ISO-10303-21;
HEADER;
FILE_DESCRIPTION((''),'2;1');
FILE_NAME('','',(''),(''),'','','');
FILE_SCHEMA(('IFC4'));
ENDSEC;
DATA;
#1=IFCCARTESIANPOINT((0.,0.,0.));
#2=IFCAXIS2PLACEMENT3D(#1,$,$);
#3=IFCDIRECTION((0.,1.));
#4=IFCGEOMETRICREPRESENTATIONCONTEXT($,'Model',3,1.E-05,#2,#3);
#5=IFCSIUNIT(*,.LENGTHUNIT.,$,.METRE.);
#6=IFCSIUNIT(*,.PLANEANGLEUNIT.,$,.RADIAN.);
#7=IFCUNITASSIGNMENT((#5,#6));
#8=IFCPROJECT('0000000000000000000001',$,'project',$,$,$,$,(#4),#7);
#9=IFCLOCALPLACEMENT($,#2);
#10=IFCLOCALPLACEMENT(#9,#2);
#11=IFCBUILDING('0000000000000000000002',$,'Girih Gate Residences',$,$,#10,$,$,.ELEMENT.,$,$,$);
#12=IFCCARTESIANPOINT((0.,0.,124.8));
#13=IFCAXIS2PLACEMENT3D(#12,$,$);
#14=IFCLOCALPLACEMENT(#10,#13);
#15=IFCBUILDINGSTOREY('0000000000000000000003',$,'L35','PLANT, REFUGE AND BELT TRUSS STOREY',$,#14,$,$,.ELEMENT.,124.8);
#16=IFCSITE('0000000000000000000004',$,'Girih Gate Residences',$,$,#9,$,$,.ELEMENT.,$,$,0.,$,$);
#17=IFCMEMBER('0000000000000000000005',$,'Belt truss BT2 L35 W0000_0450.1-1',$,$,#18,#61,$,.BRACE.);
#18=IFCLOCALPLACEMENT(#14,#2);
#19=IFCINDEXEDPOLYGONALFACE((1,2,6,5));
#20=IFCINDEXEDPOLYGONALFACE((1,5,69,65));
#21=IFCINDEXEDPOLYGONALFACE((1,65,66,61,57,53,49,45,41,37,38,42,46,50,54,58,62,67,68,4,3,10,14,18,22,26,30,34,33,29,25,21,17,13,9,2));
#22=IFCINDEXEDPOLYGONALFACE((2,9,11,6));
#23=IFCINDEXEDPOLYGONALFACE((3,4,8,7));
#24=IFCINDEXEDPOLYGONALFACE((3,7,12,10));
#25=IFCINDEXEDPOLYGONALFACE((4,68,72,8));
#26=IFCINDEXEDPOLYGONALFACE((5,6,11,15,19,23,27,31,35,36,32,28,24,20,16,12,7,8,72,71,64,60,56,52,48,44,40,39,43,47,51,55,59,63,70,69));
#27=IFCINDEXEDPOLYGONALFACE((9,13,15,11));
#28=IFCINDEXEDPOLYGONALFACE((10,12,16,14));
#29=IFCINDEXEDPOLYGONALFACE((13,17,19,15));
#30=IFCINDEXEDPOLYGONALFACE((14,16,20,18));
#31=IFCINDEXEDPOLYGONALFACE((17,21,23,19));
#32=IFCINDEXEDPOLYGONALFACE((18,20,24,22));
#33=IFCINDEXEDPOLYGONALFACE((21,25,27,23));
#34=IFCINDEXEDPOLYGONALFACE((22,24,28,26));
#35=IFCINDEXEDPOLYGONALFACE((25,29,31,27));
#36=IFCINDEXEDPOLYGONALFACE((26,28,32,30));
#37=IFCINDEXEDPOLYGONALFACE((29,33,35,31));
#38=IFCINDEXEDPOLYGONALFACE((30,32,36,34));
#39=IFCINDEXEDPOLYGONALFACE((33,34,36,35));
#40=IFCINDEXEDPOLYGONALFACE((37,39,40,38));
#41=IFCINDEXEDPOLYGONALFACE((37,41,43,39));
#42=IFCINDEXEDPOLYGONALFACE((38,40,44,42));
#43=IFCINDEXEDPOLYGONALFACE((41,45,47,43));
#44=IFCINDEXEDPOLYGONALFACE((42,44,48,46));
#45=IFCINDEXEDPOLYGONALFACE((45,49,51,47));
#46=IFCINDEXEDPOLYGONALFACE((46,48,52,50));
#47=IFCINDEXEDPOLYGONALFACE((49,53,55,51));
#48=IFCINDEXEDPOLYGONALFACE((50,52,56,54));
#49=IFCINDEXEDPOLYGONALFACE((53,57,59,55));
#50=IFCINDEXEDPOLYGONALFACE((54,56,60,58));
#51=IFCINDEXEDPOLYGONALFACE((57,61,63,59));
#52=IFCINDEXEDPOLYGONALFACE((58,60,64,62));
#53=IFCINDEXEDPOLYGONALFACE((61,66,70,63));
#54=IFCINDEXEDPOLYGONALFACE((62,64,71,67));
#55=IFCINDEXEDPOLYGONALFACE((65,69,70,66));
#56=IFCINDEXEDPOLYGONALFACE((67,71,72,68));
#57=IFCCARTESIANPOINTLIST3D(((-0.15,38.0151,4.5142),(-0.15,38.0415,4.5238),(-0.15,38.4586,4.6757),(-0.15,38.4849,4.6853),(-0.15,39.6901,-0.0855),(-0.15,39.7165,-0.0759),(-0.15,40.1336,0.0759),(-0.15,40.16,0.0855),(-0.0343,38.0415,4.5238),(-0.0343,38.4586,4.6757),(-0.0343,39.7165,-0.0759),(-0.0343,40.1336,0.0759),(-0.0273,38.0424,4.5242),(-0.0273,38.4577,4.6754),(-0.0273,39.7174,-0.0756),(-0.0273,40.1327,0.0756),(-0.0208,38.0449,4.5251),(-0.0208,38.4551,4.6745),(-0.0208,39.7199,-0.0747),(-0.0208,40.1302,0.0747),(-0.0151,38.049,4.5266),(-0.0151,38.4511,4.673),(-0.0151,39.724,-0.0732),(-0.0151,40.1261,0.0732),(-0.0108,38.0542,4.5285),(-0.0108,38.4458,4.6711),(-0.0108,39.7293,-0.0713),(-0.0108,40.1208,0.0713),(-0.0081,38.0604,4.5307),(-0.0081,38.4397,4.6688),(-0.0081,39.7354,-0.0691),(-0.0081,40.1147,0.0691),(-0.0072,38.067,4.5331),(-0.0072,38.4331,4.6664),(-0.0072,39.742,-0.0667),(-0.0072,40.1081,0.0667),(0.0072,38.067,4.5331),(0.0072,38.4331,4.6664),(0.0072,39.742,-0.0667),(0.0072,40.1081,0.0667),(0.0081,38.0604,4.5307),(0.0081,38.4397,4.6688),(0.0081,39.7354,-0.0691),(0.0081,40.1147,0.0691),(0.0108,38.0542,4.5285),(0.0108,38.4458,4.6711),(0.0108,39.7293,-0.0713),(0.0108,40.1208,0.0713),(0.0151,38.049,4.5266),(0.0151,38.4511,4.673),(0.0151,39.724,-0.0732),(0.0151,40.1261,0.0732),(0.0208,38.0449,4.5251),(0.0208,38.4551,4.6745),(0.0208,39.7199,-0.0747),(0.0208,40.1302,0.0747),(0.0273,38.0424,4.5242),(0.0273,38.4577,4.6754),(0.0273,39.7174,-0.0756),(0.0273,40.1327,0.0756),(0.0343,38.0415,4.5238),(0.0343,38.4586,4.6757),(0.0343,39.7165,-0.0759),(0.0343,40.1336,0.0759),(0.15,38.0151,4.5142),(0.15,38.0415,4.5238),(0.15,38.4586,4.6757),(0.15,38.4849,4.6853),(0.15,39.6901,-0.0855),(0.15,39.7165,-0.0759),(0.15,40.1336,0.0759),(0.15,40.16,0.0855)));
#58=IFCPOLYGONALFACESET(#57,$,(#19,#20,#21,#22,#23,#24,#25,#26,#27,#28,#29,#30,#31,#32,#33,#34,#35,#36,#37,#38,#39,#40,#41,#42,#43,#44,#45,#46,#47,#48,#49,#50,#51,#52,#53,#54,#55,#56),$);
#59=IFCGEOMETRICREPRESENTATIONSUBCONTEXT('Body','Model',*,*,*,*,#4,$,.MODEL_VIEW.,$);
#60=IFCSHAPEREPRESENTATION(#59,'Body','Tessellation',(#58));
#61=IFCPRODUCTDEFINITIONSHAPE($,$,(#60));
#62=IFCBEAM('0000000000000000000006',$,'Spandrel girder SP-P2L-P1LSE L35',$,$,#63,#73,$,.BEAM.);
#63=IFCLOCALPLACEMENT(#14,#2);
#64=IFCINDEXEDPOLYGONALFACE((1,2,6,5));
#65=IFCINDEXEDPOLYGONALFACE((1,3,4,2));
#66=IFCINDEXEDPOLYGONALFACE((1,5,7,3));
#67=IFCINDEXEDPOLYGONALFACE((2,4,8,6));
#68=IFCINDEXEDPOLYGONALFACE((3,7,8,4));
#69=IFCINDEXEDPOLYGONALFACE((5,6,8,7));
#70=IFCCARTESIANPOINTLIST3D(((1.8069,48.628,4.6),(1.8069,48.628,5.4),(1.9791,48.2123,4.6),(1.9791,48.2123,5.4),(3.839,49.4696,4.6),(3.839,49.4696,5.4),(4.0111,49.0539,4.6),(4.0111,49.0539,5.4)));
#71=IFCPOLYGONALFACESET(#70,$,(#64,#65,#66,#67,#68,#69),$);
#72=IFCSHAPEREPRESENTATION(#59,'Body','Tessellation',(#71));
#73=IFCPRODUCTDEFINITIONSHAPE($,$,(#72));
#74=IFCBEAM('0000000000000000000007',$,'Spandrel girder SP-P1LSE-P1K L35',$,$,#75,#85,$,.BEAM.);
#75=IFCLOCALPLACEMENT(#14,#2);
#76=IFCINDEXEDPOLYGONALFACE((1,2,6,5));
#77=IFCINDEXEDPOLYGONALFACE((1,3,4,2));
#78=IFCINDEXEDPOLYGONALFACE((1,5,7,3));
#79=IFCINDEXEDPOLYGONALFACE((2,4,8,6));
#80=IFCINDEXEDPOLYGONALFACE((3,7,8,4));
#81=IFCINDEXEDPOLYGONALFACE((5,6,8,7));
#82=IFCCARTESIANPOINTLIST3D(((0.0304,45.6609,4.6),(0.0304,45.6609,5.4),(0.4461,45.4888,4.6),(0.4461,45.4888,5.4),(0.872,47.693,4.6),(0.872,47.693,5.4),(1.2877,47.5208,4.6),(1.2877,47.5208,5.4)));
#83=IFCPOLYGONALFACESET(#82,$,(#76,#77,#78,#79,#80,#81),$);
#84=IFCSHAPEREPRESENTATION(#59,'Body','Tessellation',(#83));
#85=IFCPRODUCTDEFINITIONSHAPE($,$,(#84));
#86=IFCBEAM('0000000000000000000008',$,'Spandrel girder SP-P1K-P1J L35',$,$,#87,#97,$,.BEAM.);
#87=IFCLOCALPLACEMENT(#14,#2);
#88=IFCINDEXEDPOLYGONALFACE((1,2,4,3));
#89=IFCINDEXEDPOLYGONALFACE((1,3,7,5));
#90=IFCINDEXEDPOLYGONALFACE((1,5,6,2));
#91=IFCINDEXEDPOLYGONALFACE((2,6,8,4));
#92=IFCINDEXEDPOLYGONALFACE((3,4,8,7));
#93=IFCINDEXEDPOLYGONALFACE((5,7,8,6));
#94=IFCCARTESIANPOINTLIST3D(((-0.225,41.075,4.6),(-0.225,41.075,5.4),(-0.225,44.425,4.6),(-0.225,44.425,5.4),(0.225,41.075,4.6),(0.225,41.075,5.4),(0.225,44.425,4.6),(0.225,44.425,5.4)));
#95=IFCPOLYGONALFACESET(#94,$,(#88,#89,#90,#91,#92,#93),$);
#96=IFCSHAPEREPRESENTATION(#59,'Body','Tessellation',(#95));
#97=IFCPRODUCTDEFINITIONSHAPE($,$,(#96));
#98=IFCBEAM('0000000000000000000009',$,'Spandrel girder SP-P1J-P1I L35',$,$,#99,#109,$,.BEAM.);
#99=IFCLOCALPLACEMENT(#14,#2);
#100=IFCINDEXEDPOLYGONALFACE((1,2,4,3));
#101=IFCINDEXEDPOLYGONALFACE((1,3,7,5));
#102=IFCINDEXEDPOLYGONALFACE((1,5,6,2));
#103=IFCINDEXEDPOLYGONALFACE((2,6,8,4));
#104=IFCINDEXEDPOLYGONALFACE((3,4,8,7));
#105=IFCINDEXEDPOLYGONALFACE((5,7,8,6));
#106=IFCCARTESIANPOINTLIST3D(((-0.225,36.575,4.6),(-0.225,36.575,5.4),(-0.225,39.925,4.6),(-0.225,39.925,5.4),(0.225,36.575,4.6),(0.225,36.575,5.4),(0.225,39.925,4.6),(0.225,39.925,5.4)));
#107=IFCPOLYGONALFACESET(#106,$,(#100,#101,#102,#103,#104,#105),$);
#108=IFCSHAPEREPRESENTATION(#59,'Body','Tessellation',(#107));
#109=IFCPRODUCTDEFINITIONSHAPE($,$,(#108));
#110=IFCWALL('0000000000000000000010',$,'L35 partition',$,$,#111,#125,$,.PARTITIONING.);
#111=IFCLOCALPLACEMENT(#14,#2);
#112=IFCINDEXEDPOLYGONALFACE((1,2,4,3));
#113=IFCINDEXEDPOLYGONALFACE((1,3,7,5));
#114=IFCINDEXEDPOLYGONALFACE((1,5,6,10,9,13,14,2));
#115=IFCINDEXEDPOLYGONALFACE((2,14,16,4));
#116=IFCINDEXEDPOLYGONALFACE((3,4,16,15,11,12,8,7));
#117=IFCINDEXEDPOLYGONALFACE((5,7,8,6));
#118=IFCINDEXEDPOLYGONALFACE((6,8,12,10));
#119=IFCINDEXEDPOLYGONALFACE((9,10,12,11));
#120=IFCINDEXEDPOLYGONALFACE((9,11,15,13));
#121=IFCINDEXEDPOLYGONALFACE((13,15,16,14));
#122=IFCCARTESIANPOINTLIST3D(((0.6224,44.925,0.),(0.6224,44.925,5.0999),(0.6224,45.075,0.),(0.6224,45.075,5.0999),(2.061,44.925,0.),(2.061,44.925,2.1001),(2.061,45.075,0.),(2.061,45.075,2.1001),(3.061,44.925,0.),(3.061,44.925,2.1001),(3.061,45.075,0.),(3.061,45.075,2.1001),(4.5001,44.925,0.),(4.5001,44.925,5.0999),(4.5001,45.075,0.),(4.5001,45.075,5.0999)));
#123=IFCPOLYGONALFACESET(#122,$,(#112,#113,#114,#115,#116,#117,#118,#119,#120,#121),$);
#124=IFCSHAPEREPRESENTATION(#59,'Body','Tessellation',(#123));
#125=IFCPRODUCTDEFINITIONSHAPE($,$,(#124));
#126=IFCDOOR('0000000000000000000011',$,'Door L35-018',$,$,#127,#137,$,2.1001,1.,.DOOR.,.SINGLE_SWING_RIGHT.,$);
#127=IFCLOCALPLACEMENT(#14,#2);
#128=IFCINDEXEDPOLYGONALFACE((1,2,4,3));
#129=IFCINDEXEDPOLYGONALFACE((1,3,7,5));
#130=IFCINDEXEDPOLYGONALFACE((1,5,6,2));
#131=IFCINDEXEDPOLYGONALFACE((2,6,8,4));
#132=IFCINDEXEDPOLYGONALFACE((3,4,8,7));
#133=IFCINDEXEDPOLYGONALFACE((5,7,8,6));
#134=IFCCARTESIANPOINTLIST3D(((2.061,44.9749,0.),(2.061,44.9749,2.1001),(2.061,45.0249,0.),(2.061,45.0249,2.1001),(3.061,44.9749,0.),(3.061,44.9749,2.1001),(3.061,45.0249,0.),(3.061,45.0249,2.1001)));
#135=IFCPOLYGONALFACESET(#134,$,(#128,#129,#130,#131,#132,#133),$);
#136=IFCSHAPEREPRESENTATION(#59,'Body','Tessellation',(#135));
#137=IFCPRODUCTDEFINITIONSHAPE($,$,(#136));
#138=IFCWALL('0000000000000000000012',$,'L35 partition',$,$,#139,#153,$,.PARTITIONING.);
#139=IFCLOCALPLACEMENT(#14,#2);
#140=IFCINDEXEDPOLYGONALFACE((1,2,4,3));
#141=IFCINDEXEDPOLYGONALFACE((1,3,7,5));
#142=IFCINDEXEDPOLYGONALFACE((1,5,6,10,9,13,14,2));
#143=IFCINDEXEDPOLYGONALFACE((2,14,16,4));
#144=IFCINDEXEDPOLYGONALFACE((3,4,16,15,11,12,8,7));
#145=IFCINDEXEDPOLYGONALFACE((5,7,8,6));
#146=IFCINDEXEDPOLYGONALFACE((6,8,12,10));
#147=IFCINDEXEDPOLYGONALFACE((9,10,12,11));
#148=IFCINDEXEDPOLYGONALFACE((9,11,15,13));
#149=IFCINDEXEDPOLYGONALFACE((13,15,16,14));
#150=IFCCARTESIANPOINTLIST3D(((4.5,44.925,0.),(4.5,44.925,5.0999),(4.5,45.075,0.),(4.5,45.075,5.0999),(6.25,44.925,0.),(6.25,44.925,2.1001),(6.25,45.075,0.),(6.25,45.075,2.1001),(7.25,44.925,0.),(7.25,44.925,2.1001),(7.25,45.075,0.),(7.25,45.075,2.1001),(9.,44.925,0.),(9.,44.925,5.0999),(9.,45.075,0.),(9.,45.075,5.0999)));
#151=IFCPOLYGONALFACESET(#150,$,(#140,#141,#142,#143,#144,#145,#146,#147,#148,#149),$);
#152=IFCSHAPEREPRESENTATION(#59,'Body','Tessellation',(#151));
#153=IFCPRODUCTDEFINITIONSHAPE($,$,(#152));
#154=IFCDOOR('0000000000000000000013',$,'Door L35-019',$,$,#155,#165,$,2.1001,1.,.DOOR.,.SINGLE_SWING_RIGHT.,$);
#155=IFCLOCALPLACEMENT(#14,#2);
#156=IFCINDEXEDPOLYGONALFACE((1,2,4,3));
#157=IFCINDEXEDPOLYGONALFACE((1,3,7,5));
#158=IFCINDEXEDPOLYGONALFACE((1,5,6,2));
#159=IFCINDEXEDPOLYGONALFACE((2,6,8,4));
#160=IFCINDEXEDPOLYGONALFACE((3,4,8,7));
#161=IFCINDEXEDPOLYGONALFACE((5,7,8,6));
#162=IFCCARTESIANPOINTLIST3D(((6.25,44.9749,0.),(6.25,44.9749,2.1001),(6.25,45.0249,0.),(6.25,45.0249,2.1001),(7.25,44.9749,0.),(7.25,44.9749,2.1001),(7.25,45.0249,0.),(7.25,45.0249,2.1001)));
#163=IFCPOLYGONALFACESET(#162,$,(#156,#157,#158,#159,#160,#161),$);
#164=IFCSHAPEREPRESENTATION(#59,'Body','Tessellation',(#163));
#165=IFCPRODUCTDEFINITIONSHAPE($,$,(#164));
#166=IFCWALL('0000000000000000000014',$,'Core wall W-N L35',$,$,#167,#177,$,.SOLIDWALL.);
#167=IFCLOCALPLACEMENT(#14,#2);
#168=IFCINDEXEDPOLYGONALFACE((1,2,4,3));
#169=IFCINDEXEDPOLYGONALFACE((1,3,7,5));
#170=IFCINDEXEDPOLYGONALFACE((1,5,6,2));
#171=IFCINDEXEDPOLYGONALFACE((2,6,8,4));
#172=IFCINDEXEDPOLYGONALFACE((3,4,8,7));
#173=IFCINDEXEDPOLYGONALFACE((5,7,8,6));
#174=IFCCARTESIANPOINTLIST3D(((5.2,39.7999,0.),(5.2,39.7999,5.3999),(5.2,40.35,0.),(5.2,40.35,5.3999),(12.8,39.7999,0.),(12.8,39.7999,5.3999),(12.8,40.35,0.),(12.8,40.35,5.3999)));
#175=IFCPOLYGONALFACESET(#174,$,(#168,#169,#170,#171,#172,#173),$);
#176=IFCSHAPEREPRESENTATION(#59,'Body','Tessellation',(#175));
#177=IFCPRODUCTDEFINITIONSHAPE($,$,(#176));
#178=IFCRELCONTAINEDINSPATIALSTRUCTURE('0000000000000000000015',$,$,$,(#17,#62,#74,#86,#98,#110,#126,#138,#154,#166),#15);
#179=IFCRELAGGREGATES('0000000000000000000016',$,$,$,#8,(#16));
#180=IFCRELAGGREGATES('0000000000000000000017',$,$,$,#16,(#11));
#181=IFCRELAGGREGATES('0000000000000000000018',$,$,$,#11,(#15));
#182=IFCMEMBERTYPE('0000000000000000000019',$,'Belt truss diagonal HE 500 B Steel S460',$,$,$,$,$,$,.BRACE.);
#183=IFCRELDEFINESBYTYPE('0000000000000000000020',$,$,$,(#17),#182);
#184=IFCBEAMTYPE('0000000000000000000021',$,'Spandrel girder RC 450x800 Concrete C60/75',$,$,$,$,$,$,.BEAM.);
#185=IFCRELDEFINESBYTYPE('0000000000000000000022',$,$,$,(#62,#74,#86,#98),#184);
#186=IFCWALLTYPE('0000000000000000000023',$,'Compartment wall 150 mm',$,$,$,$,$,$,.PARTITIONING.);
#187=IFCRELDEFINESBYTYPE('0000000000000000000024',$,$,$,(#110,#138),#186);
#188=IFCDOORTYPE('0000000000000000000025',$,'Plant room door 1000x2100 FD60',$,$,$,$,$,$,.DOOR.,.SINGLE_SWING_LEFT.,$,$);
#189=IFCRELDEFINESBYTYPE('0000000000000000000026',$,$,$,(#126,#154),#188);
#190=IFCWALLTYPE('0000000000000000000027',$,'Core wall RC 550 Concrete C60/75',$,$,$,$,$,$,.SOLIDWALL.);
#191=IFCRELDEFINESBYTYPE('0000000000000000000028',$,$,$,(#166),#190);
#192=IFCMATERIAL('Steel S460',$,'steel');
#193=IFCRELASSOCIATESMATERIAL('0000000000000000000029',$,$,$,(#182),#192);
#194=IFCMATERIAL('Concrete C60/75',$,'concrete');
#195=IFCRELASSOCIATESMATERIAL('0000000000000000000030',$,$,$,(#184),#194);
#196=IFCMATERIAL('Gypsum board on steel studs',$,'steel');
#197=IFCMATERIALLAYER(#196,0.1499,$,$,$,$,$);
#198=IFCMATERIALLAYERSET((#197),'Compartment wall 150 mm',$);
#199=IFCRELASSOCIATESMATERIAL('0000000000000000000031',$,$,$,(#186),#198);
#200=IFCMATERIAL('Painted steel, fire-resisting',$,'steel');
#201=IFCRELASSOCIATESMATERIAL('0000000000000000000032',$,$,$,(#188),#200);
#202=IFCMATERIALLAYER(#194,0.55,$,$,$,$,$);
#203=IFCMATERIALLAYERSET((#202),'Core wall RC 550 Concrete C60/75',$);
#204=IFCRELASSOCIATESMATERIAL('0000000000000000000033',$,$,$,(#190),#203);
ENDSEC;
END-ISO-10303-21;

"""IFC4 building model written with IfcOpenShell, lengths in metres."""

from ifc_helpers import new_model, si_unit, direction, frame, frame_2d, origin, origin_2d, place, context, subcontext, project, spatial, rectangle, i_section, extrude, material, layer, layer_set, material_profile, profile_set, type_object, element, fill, save


model = new_model("IFC4")

# Units and contexts
model_context = context("Model", 3, precision=1e-05, world=origin(), true_north=direction((0.0, 1.0)))
body_context = subcontext(model_context, "Body", "Model", "MODEL_VIEW")
ifc_project = project(units=[si_unit("LENGTHUNIT", "METRE"), si_unit("PLANEANGLEUNIT", "RADIAN")], contexts=[model_context])

# Site, building, storey
site_placement = place(None, origin())
site = spatial("IfcSite", under=ifc_project, at=site_placement, Name="Girih Gate Residences", CompositionType="ELEMENT", RefElevation=0.0)
building_placement = place(site_placement, origin())
building = spatial("IfcBuilding", under=site, at=building_placement, Name="Girih Gate Residences", CompositionType="ELEMENT")
storey_placement = place(building_placement, frame((0.0, 0.0, 124.8)))
storey = spatial("IfcBuildingStorey", under=building, at=storey_placement, Name="L35", Description="PLANT, REFUGE AND BELT TRUSS STOREY", CompositionType="ELEMENT", Elevation=124.8)

# Member
ifc_material_1 = material(Name="Steel S460", Category="steel")
ifc_material_profile_1 = material_profile(ifc_material_1, i_section(OverallWidth=0.3, OverallDepth=0.5, WebThickness=0.0144, FlangeThickness=0.0281, FilletRadius=0.0271, at=origin_2d()))
ifc_profile_set_1 = profile_set([ifc_material_profile_1], Name="Steel S460")
member_type_1 = type_object("IfcMemberType", Name="Belt truss diagonal HE 500 B Steel S460", PredefinedType="BRACE", material=ifc_profile_set_1)
for number, where, z_axis, x_axis, name in (
    (1, (0.0, 39.925, 0.0), (0.0, -0.342171, 0.939638), (1.0, 0.0, 0.0), "Belt truss BT2 L35 W0000_0450.1-1"),
):
    element("IfcMember", number, at=place(storey_placement, frame(where, z_axis=z_axis, x_axis=x_axis)), inside=storey, type_object=member_type_1, Name=name, PredefinedType="BRACE", context=body_context, shape_type="SweptSolid", body=[
        extrude(i_section(OverallWidth=0.3, OverallDepth=0.5, WebThickness=0.0144, FlangeThickness=0.0281, FilletRadius=0.0271, at=origin_2d()), origin(), (0.0, 0.0, 1.0), 4.8953),
    ])

# Beams
ifc_material_2 = material(Name="Concrete C60/75", Category="concrete")
ifc_material_profile_2 = material_profile(ifc_material_2, rectangle(XDim=0.45, YDim=0.8, at=origin_2d()))
ifc_profile_set_2 = profile_set([ifc_material_profile_2], Name="Concrete C60/75")
beam_type = type_object("IfcBeamType", Name="Spandrel girder RC 450x800 Concrete C60/75", PredefinedType="BEAM", material=ifc_profile_set_2)
for number, where, z_axis, x_axis, name in (
    (2, (3.925, 49.2617, 5.0), (-0.923899, -0.382636, 0.0), (0.382636, -0.923899, 0.0), "Spandrel girder SP-P2L-P1LSE L35"),
    (3, (1.0798, 47.6069, 5.0), (-0.382636, -0.923899, 0.0), (0.923899, -0.382636, 0.0), "Spandrel girder SP-P1LSE-P1K L35"),
):
    element("IfcBeam", number, at=place(storey_placement, frame(where, z_axis=z_axis, x_axis=x_axis)), inside=storey, type_object=beam_type, Name=name, PredefinedType="BEAM", context=body_context, shape_type="SweptSolid", body=[
        extrude(rectangle(XDim=0.45, YDim=0.8, at=origin_2d()), origin(), (0.0, 0.0, 1.0), 2.1995),
    ])
for number, where, z_axis, x_axis, name in (
    (4, (0.0, 44.425, 5.0), (0.0, -1.0, 0.0), (1.0, 0.0, 0.0), "Spandrel girder SP-P1K-P1J L35"),
    (5, (0.0, 39.925, 5.0), (0.0, -1.0, 0.0), (1.0, 0.0, 0.0), "Spandrel girder SP-P1J-P1I L35"),
):
    element("IfcBeam", number, at=place(storey_placement, frame(where, z_axis=z_axis, x_axis=x_axis)), inside=storey, type_object=beam_type, Name=name, PredefinedType="BEAM", context=body_context, shape_type="SweptSolid", body=[
        extrude(rectangle(XDim=0.45, YDim=0.8, at=origin_2d()), origin(), (0.0, 0.0, 1.0), 3.3501),
    ])

# Walls, openings, doors
ifc_material_3 = material(Name="Gypsum board on steel studs", Category="steel")
ifc_layer_1 = layer(ifc_material_3, 0.1499)
ifc_layer_set_1 = layer_set([ifc_layer_1], Name="Compartment wall 150 mm")
wall_type_1 = type_object("IfcWallType", Name="Compartment wall 150 mm", PredefinedType="PARTITIONING", material=ifc_layer_set_1)
wall_1_placement = place(storey_placement, frame((0.6223, 45.0, 0.0), z_axis=(0.0, 0.0, 1.0), x_axis=(1.0, 0.0, 0.0)))
wall_1 = element("IfcWall", 6, at=wall_1_placement, inside=storey, type_object=wall_type_1, Name="L35 partition", PredefinedType="PARTITIONING", context=body_context, shape_type="SweptSolid", body=[
    extrude(rectangle(XDim=3.8777, YDim=0.1499, at=frame_2d((1.939, 0.0))), origin(), (0.0, 0.0, 1.0), 5.0999),
])
opening_1_placement = place(wall_1_placement, frame((1.4387, 0.0, 0.0)))
opening_1 = element("IfcOpeningElement", 7, at=opening_1_placement, cuts=wall_1, PredefinedType="OPENING", context=body_context, shape_type="SweptSolid", body=[
    extrude(rectangle(XDim=1.0, YDim=2.1001, at=frame_2d((0.5, 1.05))), frame((0.0, 0.085, 0.0), z_axis=(0.0, -1.0, 0.0), x_axis=(1.0, 0.0, 0.0)), (0.0, 0.0, 1.0), 0.1699),
])
ifc_material_4 = material(Name="Painted steel, fire-resisting", Category="steel")
door_type_1 = type_object("IfcDoorType", Name="Plant room door 1000x2100 FD60", OperationType="SINGLE_SWING_LEFT", PredefinedType="DOOR", material=ifc_material_4)
door_1_placement = place(opening_1_placement, origin())
door_1 = element("IfcDoor", 8, at=door_1_placement, inside=storey, type_object=door_type_1, Name="Door L35-018", OperationType="SINGLE_SWING_RIGHT", OverallHeight=2.1001, OverallWidth=1.0, PredefinedType="DOOR", context=body_context, shape_type="SweptSolid", body=[
    extrude(rectangle(XDim=1.0, YDim=2.1001, at=frame_2d((0.5, 1.05))), frame((0.0, 0.0249, 0.0), z_axis=(0.0, -1.0, 0.0), x_axis=(1.0, 0.0, 0.0)), (0.0, 0.0, 1.0), 0.05),
])
fill(opening_1, door_1)
wall_2_placement = place(storey_placement, frame((4.5, 45.0, 0.0), z_axis=(0.0, 0.0, 1.0), x_axis=(1.0, 0.0, 0.0)))
wall_2 = element("IfcWall", 9, at=wall_2_placement, inside=storey, type_object=wall_type_1, Name="L35 partition", PredefinedType="PARTITIONING", context=body_context, shape_type="SweptSolid", body=[
    extrude(rectangle(XDim=4.5, YDim=0.1499, at=frame_2d((2.25, 0.0))), origin(), (0.0, 0.0, 1.0), 5.0999),
])
opening_2_placement = place(wall_2_placement, frame((1.75, 0.0, 0.0)))
opening_2 = element("IfcOpeningElement", 10, at=opening_2_placement, cuts=wall_2, PredefinedType="OPENING", context=body_context, shape_type="SweptSolid", body=[
    extrude(rectangle(XDim=1.0, YDim=2.1001, at=frame_2d((0.5, 1.05))), frame((0.0, 0.085, 0.0), z_axis=(0.0, -1.0, 0.0), x_axis=(1.0, 0.0, 0.0)), (0.0, 0.0, 1.0), 0.1699),
])
door_2_placement = place(opening_2_placement, origin())
door_2 = element("IfcDoor", 11, at=door_2_placement, inside=storey, type_object=door_type_1, Name="Door L35-019", OperationType="SINGLE_SWING_RIGHT", OverallHeight=2.1001, OverallWidth=1.0, PredefinedType="DOOR", context=body_context, shape_type="SweptSolid", body=[
    extrude(rectangle(XDim=1.0, YDim=2.1001, at=frame_2d((0.5, 1.05))), frame((0.0, 0.0249, 0.0), z_axis=(0.0, -1.0, 0.0), x_axis=(1.0, 0.0, 0.0)), (0.0, 0.0, 1.0), 0.05),
])
fill(opening_2, door_2)

# Wall
ifc_layer_2 = layer(ifc_material_2, 0.55)
ifc_layer_set_2 = layer_set([ifc_layer_2], Name="Core wall RC 550 Concrete C60/75")
wall_type_2 = type_object("IfcWallType", Name="Core wall RC 550 Concrete C60/75", PredefinedType="SOLIDWALL", material=ifc_layer_set_2)
wall_3_placement = place(storey_placement, frame((5.2, 40.075, 0.0), z_axis=(0.0, 0.0, 1.0), x_axis=(1.0, 0.0, 0.0)))
element("IfcWall", 12, at=wall_3_placement, inside=storey, type_object=wall_type_2, Name="Core wall W-N L35", PredefinedType="SOLIDWALL", context=body_context, shape_type="SweptSolid", body=[
    extrude(rectangle(XDim=7.6001, YDim=0.55, at=frame_2d((3.8, 0.0))), origin(), (0.0, 0.0, 1.0), 5.3999),
])

save(model, "model.ifc")
